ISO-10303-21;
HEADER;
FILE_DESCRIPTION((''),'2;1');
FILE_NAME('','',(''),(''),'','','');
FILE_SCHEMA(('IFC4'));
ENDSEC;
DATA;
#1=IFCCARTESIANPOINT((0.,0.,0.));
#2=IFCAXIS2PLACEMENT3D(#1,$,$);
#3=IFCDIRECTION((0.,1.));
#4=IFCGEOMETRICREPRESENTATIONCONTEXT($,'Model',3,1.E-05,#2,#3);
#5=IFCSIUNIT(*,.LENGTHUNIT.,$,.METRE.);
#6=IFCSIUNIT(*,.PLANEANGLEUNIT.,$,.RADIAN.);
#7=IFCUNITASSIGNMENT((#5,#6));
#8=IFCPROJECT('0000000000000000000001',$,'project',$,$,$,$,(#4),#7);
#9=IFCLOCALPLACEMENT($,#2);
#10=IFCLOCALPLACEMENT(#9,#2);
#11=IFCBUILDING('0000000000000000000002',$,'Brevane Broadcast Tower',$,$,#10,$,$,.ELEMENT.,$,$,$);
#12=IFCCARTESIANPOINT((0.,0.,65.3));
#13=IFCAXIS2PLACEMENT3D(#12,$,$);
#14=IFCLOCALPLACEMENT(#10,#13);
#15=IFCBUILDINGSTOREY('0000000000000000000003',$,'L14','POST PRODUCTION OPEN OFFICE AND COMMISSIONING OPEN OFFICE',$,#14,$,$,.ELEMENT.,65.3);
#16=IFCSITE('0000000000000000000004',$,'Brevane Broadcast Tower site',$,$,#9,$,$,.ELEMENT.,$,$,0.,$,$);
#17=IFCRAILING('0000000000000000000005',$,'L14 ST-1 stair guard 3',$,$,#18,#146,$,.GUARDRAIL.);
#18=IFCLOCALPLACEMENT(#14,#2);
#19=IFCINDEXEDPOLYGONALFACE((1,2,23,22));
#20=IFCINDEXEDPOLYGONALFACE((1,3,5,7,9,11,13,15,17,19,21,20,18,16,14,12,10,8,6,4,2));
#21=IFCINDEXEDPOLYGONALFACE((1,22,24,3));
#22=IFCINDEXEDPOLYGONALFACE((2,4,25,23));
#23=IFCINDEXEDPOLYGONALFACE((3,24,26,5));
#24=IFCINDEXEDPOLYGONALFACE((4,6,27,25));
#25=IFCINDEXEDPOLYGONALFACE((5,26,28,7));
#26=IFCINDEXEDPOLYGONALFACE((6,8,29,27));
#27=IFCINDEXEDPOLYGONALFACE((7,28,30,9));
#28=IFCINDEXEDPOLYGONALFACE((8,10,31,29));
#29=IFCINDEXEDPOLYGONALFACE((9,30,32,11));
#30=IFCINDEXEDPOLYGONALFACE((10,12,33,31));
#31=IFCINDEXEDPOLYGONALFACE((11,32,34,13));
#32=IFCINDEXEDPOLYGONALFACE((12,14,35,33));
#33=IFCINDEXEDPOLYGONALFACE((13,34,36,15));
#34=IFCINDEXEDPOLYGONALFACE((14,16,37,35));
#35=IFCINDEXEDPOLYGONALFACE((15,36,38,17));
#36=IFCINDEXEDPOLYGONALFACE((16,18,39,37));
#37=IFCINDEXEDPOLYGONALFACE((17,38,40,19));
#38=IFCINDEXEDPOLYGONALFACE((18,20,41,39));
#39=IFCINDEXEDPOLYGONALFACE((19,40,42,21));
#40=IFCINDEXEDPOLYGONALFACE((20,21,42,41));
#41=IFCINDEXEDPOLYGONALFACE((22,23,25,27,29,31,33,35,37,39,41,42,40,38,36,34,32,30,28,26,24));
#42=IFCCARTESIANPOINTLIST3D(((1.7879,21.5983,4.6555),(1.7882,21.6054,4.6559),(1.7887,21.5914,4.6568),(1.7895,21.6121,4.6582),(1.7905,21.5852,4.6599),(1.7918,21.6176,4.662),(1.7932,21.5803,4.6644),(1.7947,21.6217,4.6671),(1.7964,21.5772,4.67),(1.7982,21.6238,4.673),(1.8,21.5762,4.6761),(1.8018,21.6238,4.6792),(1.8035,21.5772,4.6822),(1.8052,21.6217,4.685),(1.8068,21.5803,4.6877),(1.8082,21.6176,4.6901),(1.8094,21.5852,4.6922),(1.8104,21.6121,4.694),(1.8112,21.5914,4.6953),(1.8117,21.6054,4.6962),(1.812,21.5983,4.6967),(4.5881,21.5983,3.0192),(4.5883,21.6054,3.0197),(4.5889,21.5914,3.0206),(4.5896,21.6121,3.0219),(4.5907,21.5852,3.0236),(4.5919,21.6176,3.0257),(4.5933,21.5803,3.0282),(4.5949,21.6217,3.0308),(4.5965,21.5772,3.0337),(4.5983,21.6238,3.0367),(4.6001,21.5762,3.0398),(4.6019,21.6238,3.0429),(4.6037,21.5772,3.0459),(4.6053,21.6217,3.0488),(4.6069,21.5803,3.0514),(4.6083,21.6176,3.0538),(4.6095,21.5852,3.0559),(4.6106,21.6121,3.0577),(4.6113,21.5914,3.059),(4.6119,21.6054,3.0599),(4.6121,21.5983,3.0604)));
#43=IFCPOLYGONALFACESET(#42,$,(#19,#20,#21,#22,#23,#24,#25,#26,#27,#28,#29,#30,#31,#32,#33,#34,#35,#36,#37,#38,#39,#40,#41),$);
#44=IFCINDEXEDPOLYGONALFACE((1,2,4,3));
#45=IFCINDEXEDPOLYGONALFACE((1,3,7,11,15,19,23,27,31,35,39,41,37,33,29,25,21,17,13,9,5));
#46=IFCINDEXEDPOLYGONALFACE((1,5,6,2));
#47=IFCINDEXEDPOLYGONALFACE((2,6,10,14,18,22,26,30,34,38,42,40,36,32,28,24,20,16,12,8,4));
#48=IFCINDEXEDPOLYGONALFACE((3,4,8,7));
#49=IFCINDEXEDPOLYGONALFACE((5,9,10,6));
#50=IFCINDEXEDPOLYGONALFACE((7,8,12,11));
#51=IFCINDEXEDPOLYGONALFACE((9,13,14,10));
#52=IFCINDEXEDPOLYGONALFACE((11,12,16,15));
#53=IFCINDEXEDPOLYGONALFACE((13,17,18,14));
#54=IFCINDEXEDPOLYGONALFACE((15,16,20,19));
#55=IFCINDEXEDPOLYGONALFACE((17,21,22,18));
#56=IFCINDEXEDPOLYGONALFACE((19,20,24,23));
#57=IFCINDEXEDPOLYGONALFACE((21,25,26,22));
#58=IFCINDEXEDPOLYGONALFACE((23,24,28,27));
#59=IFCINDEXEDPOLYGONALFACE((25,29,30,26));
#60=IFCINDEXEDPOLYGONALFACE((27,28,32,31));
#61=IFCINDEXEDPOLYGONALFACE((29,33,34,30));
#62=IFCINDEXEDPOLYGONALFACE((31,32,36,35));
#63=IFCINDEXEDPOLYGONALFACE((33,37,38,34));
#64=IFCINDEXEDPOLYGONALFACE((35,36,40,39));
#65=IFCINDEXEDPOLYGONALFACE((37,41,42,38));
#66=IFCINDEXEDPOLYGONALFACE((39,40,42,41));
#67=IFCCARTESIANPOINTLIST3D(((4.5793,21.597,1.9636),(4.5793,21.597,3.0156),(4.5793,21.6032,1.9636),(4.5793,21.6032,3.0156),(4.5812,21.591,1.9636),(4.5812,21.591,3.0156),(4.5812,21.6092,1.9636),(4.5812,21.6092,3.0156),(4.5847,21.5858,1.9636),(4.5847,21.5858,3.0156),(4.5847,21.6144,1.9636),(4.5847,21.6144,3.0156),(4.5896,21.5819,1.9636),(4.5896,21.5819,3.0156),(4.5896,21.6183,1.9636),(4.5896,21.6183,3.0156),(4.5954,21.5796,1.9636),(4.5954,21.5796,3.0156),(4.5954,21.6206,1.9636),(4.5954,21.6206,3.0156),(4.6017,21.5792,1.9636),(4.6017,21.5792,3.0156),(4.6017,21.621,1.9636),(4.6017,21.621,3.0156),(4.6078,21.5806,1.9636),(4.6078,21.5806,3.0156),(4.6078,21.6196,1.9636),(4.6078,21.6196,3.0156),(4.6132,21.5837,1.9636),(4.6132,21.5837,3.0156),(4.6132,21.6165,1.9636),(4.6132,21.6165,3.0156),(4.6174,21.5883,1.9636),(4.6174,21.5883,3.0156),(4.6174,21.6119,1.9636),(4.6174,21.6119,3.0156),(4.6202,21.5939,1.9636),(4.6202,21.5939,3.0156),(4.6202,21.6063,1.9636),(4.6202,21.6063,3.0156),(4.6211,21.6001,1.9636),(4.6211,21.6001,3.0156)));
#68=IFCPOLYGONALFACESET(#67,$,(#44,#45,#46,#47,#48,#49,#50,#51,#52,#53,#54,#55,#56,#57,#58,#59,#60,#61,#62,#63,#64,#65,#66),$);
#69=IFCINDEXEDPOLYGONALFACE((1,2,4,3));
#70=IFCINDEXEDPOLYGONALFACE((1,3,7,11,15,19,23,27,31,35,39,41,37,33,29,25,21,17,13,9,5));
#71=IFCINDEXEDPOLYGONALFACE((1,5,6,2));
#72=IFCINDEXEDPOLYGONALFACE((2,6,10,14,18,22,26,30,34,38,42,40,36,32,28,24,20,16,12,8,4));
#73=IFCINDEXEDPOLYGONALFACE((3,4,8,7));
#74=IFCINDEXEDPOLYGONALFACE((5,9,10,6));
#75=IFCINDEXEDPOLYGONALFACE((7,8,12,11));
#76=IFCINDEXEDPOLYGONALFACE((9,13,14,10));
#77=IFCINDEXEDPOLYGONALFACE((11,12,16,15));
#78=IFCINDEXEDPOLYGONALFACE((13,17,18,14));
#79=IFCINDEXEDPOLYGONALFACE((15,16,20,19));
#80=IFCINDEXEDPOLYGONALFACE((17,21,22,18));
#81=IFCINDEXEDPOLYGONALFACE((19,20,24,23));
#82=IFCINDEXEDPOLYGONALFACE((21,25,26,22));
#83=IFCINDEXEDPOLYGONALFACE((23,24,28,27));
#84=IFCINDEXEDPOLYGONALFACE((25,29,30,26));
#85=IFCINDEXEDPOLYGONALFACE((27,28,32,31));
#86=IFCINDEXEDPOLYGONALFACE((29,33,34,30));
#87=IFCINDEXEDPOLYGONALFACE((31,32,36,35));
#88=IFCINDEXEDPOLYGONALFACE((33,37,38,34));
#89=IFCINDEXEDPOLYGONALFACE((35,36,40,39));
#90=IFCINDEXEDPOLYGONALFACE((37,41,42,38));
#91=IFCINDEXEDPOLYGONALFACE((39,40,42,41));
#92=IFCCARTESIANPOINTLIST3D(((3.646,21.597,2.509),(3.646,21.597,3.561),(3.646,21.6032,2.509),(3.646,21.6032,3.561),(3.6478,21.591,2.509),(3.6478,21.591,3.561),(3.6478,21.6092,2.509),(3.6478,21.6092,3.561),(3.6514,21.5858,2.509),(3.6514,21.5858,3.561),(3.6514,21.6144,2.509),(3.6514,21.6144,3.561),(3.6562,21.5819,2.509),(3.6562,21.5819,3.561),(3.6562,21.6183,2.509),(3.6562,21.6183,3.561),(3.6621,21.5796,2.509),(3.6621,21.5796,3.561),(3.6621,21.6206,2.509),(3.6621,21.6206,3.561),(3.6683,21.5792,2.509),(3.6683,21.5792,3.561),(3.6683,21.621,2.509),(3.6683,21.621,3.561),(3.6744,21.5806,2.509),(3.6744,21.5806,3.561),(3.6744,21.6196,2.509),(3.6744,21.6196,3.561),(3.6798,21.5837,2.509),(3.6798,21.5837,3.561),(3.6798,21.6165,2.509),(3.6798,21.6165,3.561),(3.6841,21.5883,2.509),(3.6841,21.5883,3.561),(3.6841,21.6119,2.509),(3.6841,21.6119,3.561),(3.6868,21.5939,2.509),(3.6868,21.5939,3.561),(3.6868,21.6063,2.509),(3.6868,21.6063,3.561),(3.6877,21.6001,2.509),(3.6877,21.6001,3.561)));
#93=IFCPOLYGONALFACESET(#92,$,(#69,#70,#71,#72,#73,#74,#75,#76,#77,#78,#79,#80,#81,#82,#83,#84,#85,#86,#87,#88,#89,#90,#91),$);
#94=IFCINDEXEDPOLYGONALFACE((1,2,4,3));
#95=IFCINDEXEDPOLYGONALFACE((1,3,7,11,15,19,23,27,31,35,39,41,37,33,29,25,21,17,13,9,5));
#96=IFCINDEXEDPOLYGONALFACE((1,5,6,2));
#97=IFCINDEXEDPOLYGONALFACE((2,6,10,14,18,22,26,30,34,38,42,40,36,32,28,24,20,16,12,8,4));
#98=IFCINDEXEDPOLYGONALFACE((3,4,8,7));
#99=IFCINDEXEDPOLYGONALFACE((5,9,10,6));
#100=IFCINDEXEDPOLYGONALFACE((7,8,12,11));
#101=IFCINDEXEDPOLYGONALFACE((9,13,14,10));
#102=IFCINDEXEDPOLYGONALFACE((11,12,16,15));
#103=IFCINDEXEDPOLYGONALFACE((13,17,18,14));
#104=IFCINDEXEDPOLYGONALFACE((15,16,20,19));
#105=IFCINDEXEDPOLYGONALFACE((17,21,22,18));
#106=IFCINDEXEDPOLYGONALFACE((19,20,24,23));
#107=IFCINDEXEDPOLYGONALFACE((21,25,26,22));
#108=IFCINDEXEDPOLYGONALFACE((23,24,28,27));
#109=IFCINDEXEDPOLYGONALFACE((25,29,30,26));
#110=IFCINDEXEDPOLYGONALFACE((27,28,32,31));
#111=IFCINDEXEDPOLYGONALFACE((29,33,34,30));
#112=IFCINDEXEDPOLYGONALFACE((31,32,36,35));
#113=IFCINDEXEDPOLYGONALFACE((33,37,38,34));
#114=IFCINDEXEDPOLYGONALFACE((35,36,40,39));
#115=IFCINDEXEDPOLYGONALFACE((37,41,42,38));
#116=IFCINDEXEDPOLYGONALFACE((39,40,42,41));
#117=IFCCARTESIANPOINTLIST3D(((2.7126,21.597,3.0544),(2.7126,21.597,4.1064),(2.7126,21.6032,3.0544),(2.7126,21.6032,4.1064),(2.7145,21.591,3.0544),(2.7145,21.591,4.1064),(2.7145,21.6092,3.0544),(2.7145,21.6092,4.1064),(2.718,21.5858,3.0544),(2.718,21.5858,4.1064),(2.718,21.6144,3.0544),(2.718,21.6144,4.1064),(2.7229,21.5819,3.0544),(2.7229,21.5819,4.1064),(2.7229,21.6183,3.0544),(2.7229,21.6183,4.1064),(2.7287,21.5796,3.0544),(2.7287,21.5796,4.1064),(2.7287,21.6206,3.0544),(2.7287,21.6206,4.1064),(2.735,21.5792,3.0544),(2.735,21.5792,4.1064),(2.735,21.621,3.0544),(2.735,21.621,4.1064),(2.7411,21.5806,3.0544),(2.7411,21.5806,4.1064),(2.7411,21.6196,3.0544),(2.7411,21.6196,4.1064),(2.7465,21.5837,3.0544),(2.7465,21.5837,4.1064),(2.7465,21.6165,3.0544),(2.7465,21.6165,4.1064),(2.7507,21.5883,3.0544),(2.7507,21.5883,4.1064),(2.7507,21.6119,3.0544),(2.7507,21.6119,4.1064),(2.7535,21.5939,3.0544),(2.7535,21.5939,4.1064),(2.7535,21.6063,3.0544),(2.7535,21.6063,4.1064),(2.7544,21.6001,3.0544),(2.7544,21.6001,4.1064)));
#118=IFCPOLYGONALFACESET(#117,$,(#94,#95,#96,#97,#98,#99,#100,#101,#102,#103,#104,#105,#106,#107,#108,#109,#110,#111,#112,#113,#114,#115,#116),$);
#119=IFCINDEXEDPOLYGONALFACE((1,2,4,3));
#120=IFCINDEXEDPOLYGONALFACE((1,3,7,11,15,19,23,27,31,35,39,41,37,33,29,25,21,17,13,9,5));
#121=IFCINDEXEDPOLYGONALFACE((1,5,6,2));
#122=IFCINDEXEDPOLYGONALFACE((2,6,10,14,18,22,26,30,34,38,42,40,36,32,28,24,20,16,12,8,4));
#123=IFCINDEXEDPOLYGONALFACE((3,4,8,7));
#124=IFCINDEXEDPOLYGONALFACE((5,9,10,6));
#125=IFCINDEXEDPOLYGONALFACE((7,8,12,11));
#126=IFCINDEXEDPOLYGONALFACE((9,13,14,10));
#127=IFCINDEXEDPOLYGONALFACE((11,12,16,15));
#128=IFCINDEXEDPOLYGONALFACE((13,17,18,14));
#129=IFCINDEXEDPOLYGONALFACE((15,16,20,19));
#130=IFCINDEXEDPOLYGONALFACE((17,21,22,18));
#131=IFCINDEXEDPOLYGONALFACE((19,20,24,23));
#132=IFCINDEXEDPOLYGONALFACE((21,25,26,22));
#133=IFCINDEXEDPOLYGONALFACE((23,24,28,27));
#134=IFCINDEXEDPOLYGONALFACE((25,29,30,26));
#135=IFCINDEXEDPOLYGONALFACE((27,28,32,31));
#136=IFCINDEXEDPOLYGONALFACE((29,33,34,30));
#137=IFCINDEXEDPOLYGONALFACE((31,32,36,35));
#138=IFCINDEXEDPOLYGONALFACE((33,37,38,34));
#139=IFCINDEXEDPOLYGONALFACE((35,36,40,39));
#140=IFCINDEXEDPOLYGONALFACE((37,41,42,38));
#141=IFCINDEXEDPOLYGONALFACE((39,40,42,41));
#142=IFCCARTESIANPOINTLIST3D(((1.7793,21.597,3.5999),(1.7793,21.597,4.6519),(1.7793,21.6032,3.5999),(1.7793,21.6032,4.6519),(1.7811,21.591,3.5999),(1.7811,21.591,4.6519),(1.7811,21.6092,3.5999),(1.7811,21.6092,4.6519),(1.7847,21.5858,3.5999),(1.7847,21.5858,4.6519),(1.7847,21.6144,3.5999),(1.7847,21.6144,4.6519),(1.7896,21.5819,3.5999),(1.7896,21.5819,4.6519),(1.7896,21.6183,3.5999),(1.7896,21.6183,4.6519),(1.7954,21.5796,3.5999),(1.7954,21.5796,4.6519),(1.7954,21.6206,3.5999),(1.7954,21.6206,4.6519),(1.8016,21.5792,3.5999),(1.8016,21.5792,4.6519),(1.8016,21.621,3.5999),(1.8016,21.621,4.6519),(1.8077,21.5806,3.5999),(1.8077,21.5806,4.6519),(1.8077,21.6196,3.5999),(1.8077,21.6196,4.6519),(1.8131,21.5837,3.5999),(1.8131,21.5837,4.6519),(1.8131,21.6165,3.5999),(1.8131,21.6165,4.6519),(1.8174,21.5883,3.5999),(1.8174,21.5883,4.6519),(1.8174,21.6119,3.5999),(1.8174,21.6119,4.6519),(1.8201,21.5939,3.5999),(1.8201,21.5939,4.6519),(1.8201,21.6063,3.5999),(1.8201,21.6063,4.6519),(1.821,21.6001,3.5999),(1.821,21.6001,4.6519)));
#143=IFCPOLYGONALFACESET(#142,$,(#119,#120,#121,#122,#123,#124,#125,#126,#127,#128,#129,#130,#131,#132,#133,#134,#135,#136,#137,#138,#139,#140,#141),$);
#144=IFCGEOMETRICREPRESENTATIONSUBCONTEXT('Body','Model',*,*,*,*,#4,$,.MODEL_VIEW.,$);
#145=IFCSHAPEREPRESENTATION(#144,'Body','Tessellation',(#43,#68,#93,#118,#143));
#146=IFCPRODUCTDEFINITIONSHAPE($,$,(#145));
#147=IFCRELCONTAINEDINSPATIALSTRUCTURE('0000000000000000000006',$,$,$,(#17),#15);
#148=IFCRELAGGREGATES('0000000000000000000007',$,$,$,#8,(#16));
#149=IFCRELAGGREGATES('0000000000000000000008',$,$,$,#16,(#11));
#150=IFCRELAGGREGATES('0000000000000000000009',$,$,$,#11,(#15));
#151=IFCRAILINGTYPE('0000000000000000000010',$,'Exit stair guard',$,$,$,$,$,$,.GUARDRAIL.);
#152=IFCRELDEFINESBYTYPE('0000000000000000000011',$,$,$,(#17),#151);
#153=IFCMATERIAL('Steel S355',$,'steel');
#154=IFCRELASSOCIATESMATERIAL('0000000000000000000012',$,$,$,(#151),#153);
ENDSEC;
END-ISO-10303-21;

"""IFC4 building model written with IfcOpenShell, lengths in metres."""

from ifc_helpers import new_model, si_unit, direction, frame, origin, origin_2d, place, context, subcontext, project, spatial, circle, extrude, material, type_object, element, save


model = new_model("IFC4")

# Units and contexts
model_context = context("Model", 3, precision=1e-05, world=origin(), true_north=direction((0.0, 1.0)))
body_context = subcontext(model_context, "Body", "Model", "MODEL_VIEW")
ifc_project = project(units=[si_unit("LENGTHUNIT", "METRE"), si_unit("PLANEANGLEUNIT", "RADIAN")], contexts=[model_context])

# Site, building, storey
site_placement = place(None, origin())
site = spatial("IfcSite", under=ifc_project, at=site_placement, Name="Brevane Broadcast Tower site", CompositionType="ELEMENT", RefElevation=0.0)
building_placement = place(site_placement, origin())
building = spatial("IfcBuilding", under=site, at=building_placement, Name="Brevane Broadcast Tower", CompositionType="ELEMENT")
storey_placement = place(building_placement, frame((0.0, 0.0, 65.3)))
storey = spatial("IfcBuildingStorey", under=building, at=storey_placement, Name="L14", Description="POST PRODUCTION OPEN OFFICE AND COMMISSIONING OPEN OFFICE", CompositionType="ELEMENT", Elevation=65.3)

# Railing
ifc_material_1 = material(Name="Steel S355", Category="steel")
railing_type_1 = type_object("IfcRailingType", Name="Exit stair guard", PredefinedType="GUARDRAIL", material=ifc_material_1)
railing_1_placement = place(storey_placement, frame((4.6001, 21.6001, 1.9636)))
element("IfcRailing", 1, at=railing_1_placement, inside=storey, type_object=railing_type_1, Name="L14 ST-1 stair guard 3", PredefinedType="GUARDRAIL", context=body_context, shape_type="SweptSolid", body=[
    extrude(circle(Radius=0.0239, at=origin_2d()), frame((0.0, 0.0, 1.0762), z_axis=(-0.863394, 0.0, 0.504531), x_axis=(0.0, -1.0, 0.0)), (0.0, 0.0, 1.0), 3.2432),
    extrude(circle(Radius=0.021, at=origin_2d()), origin(), (0.0, 0.0, 1.0), 1.052),
    extrude(circle(Radius=0.021, at=origin_2d()), frame((-0.9333, 0.0, 0.5454)), (0.0, 0.0, 1.0), 1.052),
    extrude(circle(Radius=0.021, at=origin_2d()), frame((-1.8667, 0.0, 1.0908)), (0.0, 0.0, 1.0), 1.052),
    extrude(circle(Radius=0.021, at=origin_2d()), frame((-2.8, 0.0, 1.6362)), (0.0, 0.0, 1.0), 1.052),
])

save(model, "model.ifc")
